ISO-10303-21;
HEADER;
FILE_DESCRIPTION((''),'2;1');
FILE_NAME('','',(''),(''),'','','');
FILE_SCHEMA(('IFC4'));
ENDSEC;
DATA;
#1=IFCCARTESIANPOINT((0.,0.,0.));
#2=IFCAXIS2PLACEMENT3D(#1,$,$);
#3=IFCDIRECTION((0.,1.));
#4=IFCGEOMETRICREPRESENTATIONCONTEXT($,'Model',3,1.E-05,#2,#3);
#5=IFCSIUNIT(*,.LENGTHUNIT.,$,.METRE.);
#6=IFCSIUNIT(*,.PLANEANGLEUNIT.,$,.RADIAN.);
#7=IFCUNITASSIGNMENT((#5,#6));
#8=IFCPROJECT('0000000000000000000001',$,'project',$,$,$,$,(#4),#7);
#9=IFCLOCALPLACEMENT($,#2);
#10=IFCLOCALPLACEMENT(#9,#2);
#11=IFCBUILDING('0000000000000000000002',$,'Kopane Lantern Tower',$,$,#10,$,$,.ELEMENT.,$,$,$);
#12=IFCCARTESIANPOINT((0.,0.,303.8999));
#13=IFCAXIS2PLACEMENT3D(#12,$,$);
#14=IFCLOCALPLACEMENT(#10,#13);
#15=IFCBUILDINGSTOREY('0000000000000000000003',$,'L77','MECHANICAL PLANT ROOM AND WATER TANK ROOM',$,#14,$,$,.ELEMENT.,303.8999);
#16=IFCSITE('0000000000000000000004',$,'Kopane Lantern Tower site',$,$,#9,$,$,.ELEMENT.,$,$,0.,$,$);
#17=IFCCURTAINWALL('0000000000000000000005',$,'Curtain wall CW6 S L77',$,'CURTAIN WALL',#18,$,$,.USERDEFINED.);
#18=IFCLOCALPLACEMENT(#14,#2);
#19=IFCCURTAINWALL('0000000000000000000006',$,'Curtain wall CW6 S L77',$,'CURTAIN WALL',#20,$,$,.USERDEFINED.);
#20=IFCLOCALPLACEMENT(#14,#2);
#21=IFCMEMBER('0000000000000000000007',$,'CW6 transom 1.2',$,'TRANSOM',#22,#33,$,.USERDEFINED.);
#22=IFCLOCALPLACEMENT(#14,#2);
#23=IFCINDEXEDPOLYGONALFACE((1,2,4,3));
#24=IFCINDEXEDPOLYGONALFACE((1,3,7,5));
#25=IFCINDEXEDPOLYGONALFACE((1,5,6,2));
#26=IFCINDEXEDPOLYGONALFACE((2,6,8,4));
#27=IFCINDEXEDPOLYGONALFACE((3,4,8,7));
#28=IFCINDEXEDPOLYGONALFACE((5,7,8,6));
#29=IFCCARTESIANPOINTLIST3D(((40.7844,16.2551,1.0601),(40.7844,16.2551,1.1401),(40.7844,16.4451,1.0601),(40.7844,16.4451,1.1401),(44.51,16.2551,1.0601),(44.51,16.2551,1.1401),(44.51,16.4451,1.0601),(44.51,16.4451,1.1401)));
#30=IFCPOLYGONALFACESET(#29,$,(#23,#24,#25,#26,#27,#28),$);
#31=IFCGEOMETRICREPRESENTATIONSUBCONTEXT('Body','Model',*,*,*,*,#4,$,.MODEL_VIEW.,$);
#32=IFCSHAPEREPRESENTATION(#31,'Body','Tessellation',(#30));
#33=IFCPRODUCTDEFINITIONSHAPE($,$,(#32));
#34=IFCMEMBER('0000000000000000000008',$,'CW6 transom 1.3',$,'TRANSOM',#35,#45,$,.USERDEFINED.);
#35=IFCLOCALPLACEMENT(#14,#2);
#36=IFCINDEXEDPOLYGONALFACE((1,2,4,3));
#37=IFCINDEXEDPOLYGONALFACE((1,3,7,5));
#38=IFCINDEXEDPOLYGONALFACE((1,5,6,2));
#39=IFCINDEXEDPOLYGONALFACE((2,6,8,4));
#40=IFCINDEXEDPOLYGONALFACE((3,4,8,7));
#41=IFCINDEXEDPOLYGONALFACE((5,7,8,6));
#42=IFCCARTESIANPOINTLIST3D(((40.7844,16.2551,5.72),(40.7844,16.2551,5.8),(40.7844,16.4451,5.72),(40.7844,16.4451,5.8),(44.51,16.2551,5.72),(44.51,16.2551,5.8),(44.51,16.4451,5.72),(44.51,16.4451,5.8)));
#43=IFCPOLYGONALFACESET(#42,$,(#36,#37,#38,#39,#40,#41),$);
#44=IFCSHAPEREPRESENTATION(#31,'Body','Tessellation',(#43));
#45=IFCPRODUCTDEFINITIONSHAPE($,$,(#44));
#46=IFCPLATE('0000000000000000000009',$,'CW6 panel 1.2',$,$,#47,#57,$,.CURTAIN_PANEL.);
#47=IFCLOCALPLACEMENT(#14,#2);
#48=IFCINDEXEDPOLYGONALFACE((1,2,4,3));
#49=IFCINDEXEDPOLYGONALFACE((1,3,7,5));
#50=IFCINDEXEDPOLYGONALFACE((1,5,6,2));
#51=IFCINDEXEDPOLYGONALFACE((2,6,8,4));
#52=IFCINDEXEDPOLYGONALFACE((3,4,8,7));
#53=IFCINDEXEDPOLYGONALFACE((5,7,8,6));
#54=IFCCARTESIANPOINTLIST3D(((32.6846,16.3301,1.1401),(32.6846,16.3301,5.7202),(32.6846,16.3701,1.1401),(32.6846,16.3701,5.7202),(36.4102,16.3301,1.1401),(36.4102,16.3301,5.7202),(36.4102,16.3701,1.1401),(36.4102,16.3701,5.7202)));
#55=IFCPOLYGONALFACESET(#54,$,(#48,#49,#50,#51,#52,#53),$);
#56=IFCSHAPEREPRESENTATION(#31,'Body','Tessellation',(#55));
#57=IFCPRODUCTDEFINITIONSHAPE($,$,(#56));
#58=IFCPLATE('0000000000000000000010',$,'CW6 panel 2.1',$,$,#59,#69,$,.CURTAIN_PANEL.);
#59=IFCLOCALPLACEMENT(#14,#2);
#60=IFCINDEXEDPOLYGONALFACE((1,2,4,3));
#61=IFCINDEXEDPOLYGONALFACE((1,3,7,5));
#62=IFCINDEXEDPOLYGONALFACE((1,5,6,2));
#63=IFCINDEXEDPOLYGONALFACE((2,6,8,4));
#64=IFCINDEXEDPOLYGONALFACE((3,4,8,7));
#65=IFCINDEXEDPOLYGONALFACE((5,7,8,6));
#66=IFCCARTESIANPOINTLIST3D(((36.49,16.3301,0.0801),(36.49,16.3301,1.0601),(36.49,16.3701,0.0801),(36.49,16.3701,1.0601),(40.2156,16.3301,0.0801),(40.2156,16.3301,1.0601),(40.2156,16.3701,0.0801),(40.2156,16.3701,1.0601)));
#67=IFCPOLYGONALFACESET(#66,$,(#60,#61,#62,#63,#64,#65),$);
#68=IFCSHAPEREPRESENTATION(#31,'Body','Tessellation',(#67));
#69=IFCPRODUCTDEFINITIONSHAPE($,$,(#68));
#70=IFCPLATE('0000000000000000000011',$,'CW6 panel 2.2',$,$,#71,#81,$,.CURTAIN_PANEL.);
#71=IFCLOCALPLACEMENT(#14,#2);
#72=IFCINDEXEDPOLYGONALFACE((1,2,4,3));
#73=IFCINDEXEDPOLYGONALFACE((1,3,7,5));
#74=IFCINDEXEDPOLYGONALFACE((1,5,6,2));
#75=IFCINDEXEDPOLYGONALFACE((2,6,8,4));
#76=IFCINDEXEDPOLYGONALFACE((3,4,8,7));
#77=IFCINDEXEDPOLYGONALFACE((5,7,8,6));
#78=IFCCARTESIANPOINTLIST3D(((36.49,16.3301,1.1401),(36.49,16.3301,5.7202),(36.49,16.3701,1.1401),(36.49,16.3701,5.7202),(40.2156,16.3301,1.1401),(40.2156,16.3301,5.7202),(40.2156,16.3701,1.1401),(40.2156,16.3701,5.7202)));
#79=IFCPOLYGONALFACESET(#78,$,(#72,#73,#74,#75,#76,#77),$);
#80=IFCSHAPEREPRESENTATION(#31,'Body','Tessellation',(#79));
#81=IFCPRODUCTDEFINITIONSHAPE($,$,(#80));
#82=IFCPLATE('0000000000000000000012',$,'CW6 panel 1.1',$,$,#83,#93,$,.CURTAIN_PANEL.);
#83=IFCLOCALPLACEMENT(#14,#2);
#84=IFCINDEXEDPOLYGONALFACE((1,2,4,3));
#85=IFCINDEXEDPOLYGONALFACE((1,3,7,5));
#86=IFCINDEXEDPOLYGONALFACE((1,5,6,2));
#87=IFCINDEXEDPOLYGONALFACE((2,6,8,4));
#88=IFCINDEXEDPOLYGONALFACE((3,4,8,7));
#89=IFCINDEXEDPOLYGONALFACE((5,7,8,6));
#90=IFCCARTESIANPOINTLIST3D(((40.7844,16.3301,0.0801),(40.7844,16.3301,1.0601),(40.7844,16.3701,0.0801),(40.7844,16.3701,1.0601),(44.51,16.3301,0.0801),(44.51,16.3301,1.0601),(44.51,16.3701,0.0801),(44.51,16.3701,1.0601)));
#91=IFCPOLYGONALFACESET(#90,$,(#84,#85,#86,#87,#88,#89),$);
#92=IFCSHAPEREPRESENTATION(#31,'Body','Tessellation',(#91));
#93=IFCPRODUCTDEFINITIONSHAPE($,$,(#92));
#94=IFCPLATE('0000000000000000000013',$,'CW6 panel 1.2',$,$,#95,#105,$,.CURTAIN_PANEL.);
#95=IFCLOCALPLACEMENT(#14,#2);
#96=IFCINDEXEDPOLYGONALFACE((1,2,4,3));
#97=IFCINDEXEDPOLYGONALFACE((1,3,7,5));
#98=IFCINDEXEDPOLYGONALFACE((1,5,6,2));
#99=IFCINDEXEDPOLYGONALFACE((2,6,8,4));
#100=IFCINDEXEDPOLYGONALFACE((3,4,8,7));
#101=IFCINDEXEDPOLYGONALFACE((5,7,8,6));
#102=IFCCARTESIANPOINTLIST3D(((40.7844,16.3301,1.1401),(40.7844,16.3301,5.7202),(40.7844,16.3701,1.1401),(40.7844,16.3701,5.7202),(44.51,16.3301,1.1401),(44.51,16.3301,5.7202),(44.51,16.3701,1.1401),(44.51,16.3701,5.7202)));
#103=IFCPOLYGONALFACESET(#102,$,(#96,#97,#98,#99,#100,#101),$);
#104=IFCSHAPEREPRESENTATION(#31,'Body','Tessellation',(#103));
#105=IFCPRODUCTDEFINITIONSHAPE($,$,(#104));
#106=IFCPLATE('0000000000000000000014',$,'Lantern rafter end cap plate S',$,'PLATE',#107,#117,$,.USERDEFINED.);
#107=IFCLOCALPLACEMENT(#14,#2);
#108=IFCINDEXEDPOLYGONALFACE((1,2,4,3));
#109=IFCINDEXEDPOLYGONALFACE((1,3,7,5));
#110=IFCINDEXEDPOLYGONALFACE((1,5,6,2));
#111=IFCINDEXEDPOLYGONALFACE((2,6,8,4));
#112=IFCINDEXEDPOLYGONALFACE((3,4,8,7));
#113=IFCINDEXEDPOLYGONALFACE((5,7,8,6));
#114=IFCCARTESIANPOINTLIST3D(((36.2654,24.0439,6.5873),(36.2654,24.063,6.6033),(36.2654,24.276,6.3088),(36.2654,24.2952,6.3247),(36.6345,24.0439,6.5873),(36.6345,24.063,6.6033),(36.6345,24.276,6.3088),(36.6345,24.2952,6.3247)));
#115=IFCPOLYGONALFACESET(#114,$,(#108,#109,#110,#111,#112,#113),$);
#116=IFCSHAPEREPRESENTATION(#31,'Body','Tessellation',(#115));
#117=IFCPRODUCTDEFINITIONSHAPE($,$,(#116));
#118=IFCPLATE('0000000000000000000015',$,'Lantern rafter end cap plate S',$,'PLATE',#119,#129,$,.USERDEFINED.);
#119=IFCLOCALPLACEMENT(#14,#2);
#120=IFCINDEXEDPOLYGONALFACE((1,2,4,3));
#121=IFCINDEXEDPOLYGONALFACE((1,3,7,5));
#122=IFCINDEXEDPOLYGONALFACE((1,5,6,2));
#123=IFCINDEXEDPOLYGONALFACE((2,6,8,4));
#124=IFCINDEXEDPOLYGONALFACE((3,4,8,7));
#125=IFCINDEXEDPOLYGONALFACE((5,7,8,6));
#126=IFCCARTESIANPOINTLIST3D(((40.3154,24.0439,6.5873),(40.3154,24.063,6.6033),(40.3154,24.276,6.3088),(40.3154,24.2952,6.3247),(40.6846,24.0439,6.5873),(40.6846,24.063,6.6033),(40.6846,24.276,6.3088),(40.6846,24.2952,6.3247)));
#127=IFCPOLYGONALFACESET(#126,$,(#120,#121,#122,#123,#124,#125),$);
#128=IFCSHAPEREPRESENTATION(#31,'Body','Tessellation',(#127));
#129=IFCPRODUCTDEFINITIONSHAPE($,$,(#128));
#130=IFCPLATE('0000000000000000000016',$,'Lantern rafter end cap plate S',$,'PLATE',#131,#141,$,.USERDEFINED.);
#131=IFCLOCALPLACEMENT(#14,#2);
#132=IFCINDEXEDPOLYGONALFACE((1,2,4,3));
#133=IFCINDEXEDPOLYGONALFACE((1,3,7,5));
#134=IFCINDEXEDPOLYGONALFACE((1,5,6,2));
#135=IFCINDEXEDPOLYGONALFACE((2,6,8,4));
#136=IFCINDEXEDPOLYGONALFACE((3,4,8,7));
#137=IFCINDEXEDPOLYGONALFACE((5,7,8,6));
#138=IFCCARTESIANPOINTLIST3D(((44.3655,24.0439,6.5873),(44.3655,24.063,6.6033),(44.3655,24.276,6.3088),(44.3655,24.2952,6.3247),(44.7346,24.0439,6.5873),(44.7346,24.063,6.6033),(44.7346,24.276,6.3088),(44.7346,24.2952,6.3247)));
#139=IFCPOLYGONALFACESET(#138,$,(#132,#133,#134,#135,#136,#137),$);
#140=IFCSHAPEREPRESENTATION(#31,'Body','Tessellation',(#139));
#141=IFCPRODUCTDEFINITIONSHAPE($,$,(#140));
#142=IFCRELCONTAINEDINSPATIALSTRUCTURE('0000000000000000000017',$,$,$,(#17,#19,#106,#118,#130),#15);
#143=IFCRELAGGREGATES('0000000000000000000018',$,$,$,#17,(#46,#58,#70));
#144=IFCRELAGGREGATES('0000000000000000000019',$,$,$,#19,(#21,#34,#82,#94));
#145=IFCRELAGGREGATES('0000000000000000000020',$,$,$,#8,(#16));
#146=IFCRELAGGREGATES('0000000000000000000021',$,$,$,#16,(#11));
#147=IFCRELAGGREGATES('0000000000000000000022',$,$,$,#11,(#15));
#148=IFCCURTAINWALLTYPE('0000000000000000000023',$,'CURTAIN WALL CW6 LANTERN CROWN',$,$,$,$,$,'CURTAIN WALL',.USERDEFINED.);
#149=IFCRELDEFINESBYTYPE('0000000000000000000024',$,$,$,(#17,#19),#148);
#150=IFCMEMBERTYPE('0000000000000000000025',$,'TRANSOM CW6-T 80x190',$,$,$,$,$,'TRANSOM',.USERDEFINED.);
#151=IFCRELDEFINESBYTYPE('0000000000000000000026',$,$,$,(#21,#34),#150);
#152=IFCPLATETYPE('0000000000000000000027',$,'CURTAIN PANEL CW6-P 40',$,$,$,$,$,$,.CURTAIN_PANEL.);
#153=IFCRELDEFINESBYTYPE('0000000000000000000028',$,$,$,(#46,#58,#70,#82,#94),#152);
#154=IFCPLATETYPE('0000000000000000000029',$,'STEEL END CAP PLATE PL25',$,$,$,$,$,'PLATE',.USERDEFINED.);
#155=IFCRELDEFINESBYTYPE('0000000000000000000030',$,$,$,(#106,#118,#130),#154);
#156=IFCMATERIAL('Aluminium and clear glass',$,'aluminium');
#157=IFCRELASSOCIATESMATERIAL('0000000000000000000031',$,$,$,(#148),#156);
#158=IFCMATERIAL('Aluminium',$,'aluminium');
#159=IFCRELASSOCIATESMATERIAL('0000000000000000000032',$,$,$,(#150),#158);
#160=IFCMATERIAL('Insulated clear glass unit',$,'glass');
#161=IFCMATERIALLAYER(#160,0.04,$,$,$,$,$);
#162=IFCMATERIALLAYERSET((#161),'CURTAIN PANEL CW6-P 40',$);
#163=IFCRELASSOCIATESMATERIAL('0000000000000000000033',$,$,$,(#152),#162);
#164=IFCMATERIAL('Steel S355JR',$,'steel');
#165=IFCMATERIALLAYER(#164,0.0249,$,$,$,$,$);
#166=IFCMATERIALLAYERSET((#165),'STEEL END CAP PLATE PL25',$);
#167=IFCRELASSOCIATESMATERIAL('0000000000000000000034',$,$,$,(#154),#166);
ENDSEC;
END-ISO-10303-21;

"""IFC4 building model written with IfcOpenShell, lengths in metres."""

from ifc_helpers import new_model, si_unit, direction, frame, origin, origin_2d, place, context, subcontext, project, spatial, polyline, rectangle, outline, extrude, material, layer, layer_set, material_profile, profile_set, type_object, element, aggregate, save


model = new_model("IFC4")

# Units and contexts
model_context = context("Model", 3, precision=1e-05, world=origin(), true_north=direction((0.0, 1.0)))
body_context = subcontext(model_context, "Body", "Model", "MODEL_VIEW")
ifc_project = project(units=[si_unit("LENGTHUNIT", "METRE"), si_unit("PLANEANGLEUNIT", "RADIAN")], contexts=[model_context])

# Site, building, storey
site_placement = place(None, origin())
site = spatial("IfcSite", under=ifc_project, at=site_placement, Name="Kopane Lantern Tower site", CompositionType="ELEMENT", RefElevation=0.0)
building_placement = place(site_placement, origin())
building = spatial("IfcBuilding", under=site, at=building_placement, Name="Kopane Lantern Tower", CompositionType="ELEMENT")
storey_placement = place(building_placement, frame((0.0, 0.0, 303.8999)))
storey = spatial("IfcBuildingStorey", under=building, at=storey_placement, Name="L77", Description="MECHANICAL PLANT ROOM AND WATER TANK ROOM", CompositionType="ELEMENT", Elevation=303.8999)

# Curtain walls
ifc_material_1 = material(Name="Aluminium and clear glass", Category="aluminium")
curtain_wall_type = type_object("IfcCurtainWallType", Name="CURTAIN WALL CW6 LANTERN CROWN", ElementType="CURTAIN WALL", PredefinedType="USERDEFINED", material=ifc_material_1)
curtain_wall_1_placement = place(storey_placement, origin())
curtain_wall_1 = element("IfcCurtainWall", 1, at=curtain_wall_1_placement, inside=storey, type_object=curtain_wall_type, Name="Curtain wall CW6 S L77", ObjectType="CURTAIN WALL", PredefinedType="USERDEFINED")
curtain_wall_2_placement = place(storey_placement, origin())
curtain_wall_2 = element("IfcCurtainWall", 2, at=curtain_wall_2_placement, inside=storey, type_object=curtain_wall_type, Name="Curtain wall CW6 S L77", ObjectType="CURTAIN WALL", PredefinedType="USERDEFINED")

# Members
ifc_material_2 = material(Name="Aluminium", Category="aluminium")
ifc_material_profile_1 = material_profile(ifc_material_2, rectangle(XDim=0.1899, YDim=0.0801, at=origin_2d()), Name="AL 190x80")
ifc_profile_set_1 = profile_set([ifc_material_profile_1], Name="Aluminium")
member_type_1 = type_object("IfcMemberType", Name="TRANSOM CW6-T 80x190", ElementType="TRANSOM", PredefinedType="USERDEFINED", material=ifc_profile_set_1)
member_1_placement = place(storey_placement, frame((40.7844, 16.3501, 1.1001), z_axis=(1.0, 0.0, 0.0), x_axis=(0.0, 1.0, 0.0)))
member_1 = element("IfcMember", 3, at=member_1_placement, type_object=member_type_1, Name="CW6 transom 1.2", ObjectType="TRANSOM", PredefinedType="USERDEFINED", context=body_context, shape_type="SweptSolid", body=[
    extrude(rectangle(XDim=0.1899, YDim=0.0801, at=origin_2d()), origin(), (0.0, 0.0, 1.0), 3.7256),
])
member_2_placement = place(storey_placement, frame((40.7844, 16.3501, 5.76), z_axis=(1.0, 0.0, 0.0), x_axis=(0.0, 1.0, 0.0)))
member_2 = element("IfcMember", 4, at=member_2_placement, type_object=member_type_1, Name="CW6 transom 1.3", ObjectType="TRANSOM", PredefinedType="USERDEFINED", context=body_context, shape_type="SweptSolid", body=[
    extrude(rectangle(XDim=0.1899, YDim=0.0801, at=origin_2d()), origin(), (0.0, 0.0, 1.0), 3.7256),
])

# Plates
ifc_material_3 = material(Name="Insulated clear glass unit", Category="glass")
ifc_layer_1 = layer(ifc_material_3, 0.04)
ifc_layer_set_1 = layer_set([ifc_layer_1], Name="CURTAIN PANEL CW6-P 40")
plate_type_1 = type_object("IfcPlateType", Name="CURTAIN PANEL CW6-P 40", PredefinedType="CURTAIN_PANEL", material=ifc_layer_set_1)
plate_1_placement = place(storey_placement, frame((34.5474, 16.3501, 1.1401), z_axis=(0.0, 0.0, 1.0), x_axis=(1.0, 0.0, 0.0)))
plate_1 = element("IfcPlate", 5, at=plate_1_placement, type_object=plate_type_1, Name="CW6 panel 1.2", PredefinedType="CURTAIN_PANEL", context=body_context, shape_type="SweptSolid", body=[
    extrude(rectangle(XDim=3.7256, YDim=0.04, at=origin_2d()), origin(), (0.0, 0.0, 1.0), 4.5801),
])
plate_2_placement = place(storey_placement, frame((38.3528, 16.3501, 0.0801), z_axis=(0.0, 0.0, 1.0), x_axis=(1.0, 0.0, 0.0)))
plate_2 = element("IfcPlate", 6, at=plate_2_placement, type_object=plate_type_1, Name="CW6 panel 2.1", PredefinedType="CURTAIN_PANEL", context=body_context, shape_type="SweptSolid", body=[
    extrude(rectangle(XDim=3.7256, YDim=0.04, at=origin_2d()), origin(), (0.0, 0.0, 1.0), 0.98),
])
plate_3_placement = place(storey_placement, frame((38.3528, 16.3501, 1.1401), z_axis=(0.0, 0.0, 1.0), x_axis=(1.0, 0.0, 0.0)))
plate_3 = element("IfcPlate", 7, at=plate_3_placement, type_object=plate_type_1, Name="CW6 panel 2.2", PredefinedType="CURTAIN_PANEL", context=body_context, shape_type="SweptSolid", body=[
    extrude(rectangle(XDim=3.7256, YDim=0.04, at=origin_2d()), origin(), (0.0, 0.0, 1.0), 4.5801),
])
aggregate(curtain_wall_1, [plate_1, plate_2, plate_3])
plate_4_placement = place(storey_placement, frame((42.6472, 16.3501, 0.0801), z_axis=(0.0, 0.0, 1.0), x_axis=(1.0, 0.0, 0.0)))
plate_4 = element("IfcPlate", 8, at=plate_4_placement, type_object=plate_type_1, Name="CW6 panel 1.1", PredefinedType="CURTAIN_PANEL", context=body_context, shape_type="SweptSolid", body=[
    extrude(rectangle(XDim=3.7256, YDim=0.04, at=origin_2d()), origin(), (0.0, 0.0, 1.0), 0.98),
])
plate_5_placement = place(storey_placement, frame((42.6472, 16.3501, 1.1401), z_axis=(0.0, 0.0, 1.0), x_axis=(1.0, 0.0, 0.0)))
plate_5 = element("IfcPlate", 9, at=plate_5_placement, type_object=plate_type_1, Name="CW6 panel 1.2", PredefinedType="CURTAIN_PANEL", context=body_context, shape_type="SweptSolid", body=[
    extrude(rectangle(XDim=3.7256, YDim=0.04, at=origin_2d()), origin(), (0.0, 0.0, 1.0), 4.5801),
])
aggregate(curtain_wall_2, [member_1, member_2, plate_4, plate_5])

# Plates
ifc_material_4 = material(Name="Steel S355JR", Category="steel")
ifc_layer_2 = layer(ifc_material_4, 0.0249)
ifc_layer_set_2 = layer_set([ifc_layer_2], Name="STEEL END CAP PLATE PL25")
plate_type_2 = type_object("IfcPlateType", Name="STEEL END CAP PLATE PL25", ElementType="PLATE", PredefinedType="USERDEFINED", material=ifc_layer_set_2)
for number, where, z_axis, x_axis, name in (
    (10, (36.2654, 24.063, 6.6033), (0.0, 0.768166, 0.640251), (1.0, 0.0, 0.0), "Lantern rafter end cap plate S"),
    (11, (40.3154, 24.063, 6.6033), (0.0, 0.768166, 0.640251), (1.0, 0.0, 0.0), "Lantern rafter end cap plate S"),
    (12, (44.3655, 24.063, 6.6033), (0.0, 0.768166, 0.640251), (1.0, 0.0, 0.0), "Lantern rafter end cap plate S"),
):
    element("IfcPlate", number, at=place(storey_placement, frame(where, z_axis=z_axis, x_axis=x_axis)), inside=storey, type_object=plate_type_2, Name=name, ObjectType="PLATE", PredefinedType="USERDEFINED", context=body_context, shape_type="SweptSolid", body=[
        extrude(outline(polyline([(0.0, 0.0), (0.3691, 0.0), (0.3691, 0.3626), (0.0, 0.3626), (0.0, 0.0)])), origin(), (0.0, 0.0, -1.0), 0.0249),
    ])

save(model, "model.ifc")
